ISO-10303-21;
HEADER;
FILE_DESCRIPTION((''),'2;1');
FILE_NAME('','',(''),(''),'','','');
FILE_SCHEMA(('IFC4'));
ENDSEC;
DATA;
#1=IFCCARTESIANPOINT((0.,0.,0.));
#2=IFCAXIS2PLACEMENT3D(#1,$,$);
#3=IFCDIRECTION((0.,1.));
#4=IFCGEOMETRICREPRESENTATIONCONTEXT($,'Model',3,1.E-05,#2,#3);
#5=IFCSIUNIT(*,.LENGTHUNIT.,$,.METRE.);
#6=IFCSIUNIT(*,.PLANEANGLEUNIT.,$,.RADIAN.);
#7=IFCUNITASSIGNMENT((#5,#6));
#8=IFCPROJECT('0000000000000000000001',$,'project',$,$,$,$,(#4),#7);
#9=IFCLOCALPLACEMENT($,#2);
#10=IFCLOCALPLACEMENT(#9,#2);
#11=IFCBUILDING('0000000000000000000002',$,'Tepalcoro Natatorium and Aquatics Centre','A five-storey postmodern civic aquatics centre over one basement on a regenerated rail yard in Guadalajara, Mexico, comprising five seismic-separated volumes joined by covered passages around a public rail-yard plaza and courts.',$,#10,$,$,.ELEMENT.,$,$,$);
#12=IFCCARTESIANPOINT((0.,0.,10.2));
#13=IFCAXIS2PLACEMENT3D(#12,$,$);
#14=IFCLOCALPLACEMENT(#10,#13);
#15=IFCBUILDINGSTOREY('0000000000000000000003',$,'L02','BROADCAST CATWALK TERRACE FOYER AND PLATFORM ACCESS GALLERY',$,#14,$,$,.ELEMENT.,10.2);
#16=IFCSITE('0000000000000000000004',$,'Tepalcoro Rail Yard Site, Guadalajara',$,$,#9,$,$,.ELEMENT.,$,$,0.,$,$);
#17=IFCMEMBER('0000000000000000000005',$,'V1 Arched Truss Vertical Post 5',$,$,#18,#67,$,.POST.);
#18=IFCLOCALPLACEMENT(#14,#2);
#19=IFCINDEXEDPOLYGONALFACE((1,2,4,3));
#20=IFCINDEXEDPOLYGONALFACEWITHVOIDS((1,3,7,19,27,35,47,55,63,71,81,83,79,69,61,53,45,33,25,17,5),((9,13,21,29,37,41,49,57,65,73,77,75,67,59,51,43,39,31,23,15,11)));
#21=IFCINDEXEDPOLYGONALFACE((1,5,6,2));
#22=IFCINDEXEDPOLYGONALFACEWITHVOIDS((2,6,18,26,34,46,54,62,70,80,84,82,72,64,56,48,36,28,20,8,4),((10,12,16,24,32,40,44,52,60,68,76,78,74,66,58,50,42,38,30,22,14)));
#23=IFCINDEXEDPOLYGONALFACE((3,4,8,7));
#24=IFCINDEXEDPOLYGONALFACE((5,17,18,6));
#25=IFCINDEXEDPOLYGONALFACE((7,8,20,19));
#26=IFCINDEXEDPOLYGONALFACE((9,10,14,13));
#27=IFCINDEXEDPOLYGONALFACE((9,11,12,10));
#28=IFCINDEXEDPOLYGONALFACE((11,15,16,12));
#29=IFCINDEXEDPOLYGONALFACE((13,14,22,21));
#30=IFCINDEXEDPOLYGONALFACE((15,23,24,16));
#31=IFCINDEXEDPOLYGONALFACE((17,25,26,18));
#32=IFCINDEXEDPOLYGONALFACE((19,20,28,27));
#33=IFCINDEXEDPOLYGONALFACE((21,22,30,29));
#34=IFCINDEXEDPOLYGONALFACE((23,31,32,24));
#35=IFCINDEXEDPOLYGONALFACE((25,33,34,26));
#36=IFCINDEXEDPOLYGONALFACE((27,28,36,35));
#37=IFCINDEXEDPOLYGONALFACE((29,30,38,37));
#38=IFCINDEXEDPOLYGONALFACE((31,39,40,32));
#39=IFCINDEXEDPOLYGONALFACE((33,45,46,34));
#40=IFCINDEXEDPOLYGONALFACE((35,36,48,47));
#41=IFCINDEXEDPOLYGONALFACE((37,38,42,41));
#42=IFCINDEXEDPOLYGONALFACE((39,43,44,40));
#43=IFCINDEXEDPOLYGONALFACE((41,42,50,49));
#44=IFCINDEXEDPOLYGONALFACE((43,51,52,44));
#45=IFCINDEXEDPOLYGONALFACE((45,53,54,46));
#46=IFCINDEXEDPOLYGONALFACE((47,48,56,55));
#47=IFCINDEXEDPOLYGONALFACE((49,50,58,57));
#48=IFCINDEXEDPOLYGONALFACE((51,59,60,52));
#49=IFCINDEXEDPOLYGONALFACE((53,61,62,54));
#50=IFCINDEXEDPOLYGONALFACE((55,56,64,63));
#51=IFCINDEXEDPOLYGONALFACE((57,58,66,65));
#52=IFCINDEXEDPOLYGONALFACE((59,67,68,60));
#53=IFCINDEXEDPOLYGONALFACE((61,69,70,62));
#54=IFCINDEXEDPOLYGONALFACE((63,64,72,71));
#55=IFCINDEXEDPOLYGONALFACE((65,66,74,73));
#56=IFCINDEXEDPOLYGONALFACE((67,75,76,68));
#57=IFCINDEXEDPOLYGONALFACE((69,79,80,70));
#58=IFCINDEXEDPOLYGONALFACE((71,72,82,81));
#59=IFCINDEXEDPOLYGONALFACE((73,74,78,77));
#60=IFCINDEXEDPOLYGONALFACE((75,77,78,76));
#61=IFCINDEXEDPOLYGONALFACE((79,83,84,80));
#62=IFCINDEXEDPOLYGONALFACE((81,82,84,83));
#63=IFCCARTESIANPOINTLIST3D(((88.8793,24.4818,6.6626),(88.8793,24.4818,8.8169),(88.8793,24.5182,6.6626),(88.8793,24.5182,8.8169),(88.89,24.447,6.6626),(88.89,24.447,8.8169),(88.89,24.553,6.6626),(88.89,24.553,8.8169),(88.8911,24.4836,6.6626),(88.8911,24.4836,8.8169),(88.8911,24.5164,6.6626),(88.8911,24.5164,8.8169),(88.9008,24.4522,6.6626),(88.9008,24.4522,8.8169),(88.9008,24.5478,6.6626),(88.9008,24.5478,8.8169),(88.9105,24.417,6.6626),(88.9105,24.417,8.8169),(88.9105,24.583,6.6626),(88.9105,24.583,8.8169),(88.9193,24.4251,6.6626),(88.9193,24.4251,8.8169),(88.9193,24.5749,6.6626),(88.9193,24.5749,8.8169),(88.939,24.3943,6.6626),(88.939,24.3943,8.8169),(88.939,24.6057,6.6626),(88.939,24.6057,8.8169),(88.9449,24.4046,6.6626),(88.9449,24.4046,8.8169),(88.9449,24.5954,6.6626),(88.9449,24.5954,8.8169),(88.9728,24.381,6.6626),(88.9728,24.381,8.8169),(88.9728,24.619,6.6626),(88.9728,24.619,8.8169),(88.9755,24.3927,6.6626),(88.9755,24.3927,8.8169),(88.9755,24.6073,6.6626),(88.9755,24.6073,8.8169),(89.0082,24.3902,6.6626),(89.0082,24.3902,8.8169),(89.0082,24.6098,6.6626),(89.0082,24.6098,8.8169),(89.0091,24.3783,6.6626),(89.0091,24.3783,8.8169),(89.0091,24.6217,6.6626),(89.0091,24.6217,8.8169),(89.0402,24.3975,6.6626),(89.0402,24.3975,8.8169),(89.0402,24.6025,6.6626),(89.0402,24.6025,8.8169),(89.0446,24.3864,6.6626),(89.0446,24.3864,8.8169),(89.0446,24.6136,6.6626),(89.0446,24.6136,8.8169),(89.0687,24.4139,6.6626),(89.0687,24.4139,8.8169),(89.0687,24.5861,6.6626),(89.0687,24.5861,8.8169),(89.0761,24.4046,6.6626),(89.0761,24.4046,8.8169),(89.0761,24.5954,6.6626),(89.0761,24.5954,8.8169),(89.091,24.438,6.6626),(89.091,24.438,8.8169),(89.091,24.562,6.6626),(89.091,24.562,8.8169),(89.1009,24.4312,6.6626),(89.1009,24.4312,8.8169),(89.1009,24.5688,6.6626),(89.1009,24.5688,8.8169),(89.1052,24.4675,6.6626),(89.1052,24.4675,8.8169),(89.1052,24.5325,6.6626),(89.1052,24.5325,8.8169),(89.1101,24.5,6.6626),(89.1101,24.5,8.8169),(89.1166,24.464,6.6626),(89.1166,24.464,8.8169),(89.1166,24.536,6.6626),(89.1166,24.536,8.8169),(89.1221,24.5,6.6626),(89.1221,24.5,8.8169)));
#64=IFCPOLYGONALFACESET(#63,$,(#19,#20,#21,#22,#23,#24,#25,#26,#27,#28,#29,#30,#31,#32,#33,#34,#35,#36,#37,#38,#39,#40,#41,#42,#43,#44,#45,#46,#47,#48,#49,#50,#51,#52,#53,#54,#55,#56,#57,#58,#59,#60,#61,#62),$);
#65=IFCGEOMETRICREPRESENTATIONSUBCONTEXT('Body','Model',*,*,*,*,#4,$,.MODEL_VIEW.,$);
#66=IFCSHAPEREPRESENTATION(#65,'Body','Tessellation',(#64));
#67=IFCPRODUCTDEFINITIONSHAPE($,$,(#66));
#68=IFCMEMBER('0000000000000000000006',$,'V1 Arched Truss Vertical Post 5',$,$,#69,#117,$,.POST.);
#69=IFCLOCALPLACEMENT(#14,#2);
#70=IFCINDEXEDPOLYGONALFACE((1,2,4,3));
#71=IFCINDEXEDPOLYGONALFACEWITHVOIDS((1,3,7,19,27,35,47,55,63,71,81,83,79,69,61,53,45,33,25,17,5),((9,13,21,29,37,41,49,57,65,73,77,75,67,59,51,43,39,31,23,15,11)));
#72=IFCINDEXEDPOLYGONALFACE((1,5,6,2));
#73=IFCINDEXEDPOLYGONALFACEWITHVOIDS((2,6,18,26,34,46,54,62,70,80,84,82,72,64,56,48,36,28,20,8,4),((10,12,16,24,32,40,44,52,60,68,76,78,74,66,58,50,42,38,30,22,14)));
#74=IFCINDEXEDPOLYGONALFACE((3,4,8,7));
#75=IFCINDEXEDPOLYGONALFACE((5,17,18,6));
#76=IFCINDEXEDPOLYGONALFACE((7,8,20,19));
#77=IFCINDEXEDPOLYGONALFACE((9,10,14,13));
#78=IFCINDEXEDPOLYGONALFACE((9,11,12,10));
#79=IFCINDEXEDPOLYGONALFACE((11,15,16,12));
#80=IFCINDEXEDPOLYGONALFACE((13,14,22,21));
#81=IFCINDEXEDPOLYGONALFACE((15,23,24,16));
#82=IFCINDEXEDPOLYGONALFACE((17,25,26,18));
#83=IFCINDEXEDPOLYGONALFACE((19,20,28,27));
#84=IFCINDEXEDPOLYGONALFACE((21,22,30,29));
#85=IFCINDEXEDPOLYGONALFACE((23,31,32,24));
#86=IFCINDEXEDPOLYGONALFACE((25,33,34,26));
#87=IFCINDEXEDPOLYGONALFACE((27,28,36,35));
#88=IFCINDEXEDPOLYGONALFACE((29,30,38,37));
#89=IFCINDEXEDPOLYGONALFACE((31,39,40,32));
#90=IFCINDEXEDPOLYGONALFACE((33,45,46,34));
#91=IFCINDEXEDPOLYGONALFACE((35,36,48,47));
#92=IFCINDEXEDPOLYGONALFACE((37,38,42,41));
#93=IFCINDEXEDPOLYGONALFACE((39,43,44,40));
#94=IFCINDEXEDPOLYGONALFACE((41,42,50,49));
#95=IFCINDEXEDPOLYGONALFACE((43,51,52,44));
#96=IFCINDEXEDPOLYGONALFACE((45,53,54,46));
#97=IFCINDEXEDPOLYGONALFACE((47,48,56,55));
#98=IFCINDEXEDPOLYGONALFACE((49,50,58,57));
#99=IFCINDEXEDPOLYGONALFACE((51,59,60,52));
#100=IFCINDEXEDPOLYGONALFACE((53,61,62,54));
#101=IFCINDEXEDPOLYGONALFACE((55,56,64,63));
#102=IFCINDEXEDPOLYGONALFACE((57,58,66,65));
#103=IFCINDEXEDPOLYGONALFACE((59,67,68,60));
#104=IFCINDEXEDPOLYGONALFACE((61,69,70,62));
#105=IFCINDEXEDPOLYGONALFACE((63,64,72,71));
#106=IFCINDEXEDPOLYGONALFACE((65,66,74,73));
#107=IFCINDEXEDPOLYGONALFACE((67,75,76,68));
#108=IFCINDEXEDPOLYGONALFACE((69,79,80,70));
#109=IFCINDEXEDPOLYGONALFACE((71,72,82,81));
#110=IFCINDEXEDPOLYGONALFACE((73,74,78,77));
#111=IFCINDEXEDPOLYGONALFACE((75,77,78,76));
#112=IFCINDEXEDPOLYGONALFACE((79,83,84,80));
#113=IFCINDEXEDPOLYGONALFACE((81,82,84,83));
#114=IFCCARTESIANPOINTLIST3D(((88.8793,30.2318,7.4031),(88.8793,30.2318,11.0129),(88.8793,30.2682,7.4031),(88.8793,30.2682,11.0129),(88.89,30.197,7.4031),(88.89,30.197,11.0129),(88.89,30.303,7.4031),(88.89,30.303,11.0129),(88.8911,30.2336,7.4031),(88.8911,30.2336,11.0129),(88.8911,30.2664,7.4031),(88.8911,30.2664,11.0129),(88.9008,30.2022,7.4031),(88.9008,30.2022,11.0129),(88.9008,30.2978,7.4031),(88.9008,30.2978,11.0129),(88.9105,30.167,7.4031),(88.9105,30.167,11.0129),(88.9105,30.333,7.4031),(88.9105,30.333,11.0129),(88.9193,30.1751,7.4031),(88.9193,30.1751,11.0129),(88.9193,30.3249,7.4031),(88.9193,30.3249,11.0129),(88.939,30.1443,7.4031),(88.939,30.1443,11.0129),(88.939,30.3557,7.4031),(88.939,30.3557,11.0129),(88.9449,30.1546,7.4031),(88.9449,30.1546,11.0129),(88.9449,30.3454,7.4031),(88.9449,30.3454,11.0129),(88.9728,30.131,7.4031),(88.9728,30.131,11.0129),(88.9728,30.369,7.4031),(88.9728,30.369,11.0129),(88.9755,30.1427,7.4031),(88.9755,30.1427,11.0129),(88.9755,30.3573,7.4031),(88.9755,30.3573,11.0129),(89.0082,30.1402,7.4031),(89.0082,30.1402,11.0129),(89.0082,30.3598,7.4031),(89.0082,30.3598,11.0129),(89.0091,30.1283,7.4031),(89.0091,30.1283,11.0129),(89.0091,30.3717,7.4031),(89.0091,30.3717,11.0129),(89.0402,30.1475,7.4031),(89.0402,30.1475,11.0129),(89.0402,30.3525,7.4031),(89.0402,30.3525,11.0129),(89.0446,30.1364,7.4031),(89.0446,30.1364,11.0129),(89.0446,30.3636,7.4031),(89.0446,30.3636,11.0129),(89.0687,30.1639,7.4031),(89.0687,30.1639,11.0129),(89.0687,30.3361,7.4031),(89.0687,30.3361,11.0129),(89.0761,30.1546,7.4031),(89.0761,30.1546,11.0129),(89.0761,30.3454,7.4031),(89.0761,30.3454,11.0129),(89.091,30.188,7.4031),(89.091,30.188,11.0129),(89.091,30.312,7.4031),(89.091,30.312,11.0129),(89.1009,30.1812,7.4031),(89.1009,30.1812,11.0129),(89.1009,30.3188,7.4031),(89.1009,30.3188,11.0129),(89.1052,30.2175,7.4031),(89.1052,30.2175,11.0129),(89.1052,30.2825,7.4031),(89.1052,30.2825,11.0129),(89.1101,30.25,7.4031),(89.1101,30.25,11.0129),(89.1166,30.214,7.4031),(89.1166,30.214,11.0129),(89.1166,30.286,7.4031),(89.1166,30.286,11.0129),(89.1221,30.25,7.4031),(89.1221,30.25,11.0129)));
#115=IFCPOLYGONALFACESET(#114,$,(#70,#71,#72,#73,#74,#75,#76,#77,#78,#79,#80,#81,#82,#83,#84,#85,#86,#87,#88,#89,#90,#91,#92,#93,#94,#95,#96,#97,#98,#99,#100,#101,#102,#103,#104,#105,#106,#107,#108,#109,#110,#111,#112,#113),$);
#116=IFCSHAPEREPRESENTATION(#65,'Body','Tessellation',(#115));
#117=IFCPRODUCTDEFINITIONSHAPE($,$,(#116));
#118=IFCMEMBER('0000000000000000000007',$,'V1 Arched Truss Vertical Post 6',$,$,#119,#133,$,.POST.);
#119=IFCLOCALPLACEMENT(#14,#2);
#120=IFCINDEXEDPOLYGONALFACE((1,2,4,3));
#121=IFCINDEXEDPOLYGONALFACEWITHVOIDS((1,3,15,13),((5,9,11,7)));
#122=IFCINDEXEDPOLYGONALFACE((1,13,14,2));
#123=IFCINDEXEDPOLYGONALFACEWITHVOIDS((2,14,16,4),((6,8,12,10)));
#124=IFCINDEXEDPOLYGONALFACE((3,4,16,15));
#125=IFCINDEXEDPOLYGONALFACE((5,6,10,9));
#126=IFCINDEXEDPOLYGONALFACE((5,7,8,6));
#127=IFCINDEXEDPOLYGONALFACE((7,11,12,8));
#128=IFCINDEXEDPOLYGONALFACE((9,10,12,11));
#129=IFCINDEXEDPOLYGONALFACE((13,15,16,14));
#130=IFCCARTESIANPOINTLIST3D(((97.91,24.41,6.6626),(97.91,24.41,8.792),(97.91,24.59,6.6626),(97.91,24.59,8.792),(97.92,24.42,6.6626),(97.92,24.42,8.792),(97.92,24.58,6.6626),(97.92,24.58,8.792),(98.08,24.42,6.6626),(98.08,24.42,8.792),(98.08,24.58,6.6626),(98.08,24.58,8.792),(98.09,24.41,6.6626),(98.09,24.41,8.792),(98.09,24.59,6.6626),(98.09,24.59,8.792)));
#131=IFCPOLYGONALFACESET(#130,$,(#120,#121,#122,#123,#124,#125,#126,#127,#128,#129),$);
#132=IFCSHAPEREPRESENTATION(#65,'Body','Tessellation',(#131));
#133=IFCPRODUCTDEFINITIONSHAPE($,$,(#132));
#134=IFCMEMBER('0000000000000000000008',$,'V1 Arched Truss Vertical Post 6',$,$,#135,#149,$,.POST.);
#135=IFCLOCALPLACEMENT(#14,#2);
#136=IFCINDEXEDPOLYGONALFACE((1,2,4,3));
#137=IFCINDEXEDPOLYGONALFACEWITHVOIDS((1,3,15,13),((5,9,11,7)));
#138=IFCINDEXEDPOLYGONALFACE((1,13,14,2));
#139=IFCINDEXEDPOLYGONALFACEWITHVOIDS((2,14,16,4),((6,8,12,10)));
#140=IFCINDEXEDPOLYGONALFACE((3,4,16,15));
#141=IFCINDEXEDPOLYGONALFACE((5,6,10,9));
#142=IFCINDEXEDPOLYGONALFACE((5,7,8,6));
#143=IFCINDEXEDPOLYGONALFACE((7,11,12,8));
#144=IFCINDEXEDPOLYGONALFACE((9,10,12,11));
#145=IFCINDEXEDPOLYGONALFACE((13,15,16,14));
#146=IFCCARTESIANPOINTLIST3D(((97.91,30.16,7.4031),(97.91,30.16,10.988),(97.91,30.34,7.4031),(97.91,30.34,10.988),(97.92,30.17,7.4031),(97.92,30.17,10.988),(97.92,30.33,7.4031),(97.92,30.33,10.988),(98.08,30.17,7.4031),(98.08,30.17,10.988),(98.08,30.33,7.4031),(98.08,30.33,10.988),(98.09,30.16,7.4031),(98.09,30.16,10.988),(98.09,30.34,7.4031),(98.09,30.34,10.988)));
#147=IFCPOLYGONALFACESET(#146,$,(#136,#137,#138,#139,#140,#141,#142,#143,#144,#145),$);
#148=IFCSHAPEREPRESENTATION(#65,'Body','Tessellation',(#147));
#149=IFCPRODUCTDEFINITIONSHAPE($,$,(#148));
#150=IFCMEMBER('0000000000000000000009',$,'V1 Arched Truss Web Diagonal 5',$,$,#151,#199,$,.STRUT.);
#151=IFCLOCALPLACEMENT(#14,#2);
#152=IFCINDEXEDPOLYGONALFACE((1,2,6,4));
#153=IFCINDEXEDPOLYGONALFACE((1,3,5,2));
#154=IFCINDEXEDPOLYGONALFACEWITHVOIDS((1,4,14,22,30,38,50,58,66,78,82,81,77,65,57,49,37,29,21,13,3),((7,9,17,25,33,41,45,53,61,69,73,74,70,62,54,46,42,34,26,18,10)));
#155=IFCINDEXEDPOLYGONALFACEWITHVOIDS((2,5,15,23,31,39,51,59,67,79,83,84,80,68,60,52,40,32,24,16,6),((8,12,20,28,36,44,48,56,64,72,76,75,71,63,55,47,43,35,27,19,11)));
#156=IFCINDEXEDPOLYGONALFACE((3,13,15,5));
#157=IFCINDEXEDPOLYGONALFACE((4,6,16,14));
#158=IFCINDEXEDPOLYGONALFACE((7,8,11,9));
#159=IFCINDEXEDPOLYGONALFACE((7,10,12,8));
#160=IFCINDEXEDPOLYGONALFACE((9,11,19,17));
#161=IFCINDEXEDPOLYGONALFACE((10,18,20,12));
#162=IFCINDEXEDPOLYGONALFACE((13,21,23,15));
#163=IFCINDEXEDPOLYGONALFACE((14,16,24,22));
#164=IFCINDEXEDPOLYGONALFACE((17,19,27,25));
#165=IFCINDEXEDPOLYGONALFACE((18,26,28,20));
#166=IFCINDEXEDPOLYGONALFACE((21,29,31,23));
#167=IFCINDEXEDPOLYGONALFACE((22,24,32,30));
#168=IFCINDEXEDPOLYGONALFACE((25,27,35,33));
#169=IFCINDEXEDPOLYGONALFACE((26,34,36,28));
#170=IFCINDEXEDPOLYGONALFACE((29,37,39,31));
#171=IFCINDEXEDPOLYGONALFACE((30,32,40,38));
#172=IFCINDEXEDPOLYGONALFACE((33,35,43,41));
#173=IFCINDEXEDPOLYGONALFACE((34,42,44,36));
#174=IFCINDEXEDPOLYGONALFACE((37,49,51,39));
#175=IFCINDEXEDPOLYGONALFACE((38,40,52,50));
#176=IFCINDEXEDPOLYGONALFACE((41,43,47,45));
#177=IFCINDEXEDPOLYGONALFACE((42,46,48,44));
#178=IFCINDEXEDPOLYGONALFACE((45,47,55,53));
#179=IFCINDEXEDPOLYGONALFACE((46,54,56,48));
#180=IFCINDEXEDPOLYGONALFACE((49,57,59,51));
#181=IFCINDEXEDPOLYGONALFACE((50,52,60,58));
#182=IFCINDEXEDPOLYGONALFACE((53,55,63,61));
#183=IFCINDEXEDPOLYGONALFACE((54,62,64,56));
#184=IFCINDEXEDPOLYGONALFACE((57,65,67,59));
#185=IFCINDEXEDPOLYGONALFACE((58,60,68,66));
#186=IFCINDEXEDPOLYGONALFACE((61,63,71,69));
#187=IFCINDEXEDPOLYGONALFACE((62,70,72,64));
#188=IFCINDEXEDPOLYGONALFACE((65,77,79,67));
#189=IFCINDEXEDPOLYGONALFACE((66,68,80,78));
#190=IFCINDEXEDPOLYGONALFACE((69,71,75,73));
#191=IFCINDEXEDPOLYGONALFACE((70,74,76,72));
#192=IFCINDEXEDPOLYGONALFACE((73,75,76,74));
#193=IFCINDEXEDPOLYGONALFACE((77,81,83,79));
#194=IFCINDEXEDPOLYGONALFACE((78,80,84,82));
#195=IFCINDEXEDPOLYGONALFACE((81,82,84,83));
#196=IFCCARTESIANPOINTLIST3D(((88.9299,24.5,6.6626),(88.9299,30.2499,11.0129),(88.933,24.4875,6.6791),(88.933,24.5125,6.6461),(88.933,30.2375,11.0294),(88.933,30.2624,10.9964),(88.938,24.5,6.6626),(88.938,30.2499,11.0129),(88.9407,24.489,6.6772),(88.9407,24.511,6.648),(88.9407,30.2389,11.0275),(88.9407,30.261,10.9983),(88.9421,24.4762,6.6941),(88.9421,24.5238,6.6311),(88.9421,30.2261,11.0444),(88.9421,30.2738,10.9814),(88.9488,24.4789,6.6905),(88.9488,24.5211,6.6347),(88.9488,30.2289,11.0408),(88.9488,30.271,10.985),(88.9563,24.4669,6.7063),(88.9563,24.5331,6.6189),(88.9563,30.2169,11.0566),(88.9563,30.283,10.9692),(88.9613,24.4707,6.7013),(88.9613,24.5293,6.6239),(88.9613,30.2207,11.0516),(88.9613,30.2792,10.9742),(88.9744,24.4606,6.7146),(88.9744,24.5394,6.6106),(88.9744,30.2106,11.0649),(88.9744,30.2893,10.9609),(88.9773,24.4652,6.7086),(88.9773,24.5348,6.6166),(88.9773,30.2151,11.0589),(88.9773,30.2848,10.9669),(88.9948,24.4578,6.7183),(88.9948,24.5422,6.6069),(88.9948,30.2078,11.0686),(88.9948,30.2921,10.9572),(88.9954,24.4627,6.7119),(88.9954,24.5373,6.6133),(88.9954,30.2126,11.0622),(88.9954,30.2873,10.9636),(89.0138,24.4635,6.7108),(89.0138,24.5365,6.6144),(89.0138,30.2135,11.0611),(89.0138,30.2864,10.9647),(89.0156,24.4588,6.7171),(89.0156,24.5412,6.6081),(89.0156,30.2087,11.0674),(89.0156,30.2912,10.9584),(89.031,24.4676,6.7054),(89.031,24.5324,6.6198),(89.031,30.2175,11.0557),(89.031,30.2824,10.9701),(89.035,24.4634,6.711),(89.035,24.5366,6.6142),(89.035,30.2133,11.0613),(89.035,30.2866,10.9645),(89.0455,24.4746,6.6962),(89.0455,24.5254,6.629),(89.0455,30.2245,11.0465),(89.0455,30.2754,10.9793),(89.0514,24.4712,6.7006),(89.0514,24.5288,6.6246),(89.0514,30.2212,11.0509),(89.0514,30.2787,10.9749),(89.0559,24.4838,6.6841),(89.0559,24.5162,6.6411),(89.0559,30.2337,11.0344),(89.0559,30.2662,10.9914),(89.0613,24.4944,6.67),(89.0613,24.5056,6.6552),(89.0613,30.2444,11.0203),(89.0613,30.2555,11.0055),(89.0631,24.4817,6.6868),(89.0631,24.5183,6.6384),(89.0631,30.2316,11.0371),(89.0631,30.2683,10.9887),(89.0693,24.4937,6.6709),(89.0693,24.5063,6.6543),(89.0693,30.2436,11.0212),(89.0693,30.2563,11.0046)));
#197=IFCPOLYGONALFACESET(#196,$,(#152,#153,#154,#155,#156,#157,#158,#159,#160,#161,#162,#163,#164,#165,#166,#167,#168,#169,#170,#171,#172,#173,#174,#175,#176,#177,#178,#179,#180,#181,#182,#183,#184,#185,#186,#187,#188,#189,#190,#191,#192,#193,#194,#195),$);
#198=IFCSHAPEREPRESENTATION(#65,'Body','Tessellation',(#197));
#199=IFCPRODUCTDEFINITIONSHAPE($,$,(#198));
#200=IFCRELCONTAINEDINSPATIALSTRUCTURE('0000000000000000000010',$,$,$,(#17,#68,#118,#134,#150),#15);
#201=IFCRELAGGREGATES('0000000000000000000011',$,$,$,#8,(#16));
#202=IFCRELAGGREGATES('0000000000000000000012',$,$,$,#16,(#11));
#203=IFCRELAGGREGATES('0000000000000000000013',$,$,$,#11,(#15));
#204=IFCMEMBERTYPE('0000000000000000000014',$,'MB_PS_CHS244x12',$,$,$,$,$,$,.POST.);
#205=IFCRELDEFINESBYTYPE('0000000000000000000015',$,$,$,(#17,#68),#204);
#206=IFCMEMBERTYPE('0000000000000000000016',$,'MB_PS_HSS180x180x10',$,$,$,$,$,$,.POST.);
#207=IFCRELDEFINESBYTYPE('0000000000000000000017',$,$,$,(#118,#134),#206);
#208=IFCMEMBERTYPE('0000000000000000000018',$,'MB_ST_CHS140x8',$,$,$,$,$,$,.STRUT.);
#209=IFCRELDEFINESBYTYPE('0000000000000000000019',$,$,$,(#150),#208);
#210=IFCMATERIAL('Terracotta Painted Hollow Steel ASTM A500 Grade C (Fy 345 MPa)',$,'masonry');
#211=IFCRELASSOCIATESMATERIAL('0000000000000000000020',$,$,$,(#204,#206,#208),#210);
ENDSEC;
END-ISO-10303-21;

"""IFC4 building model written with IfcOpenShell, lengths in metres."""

from ifc_helpers import new_model, si_unit, direction, frame, origin, origin_2d, place, context, subcontext, project, spatial, hollow_rectangle, hollow_circle, extrude, material, material_profile, profile_set, type_object, element, save


model = new_model("IFC4")

# Units and contexts
model_context = context("Model", 3, precision=1e-05, world=origin(), true_north=direction((0.0, 1.0)))
body_context = subcontext(model_context, "Body", "Model", "MODEL_VIEW")
ifc_project = project(units=[si_unit("LENGTHUNIT", "METRE"), si_unit("PLANEANGLEUNIT", "RADIAN")], contexts=[model_context])

# Site, building, storey
site_placement = place(None, origin())
site = spatial("IfcSite", under=ifc_project, at=site_placement, Name="Tepalcoro Rail Yard Site, Guadalajara", CompositionType="ELEMENT", RefElevation=0.0)
building_placement = place(site_placement, origin())
building = spatial("IfcBuilding", under=site, at=building_placement, Name="Tepalcoro Natatorium and Aquatics Centre", Description="A five-storey postmodern civic aquatics centre over one basement on a regenerated rail yard in Guadalajara, Mexico, comprising five seismic-separated volumes joined by covered passages around a public rail-yard plaza and courts.", CompositionType="ELEMENT")
storey_placement = place(building_placement, frame((0.0, 0.0, 10.2)))
storey = spatial("IfcBuildingStorey", under=building, at=storey_placement, Name="L02", Description="BROADCAST CATWALK TERRACE FOYER AND PLATFORM ACCESS GALLERY", CompositionType="ELEMENT", Elevation=10.2)

# Shared definitions
ifc_material_1 = material(Name="Terracotta Painted Hollow Steel ASTM A500 Grade C (Fy 345 MPa)", Category="masonry")

# Members
ifc_material_profile_1 = material_profile(ifc_material_1, hollow_circle(Radius=0.1221, WallThickness=0.012, at=origin_2d()), Name="CHS244X12")
ifc_profile_set_1 = profile_set([ifc_material_profile_1], Name="Terracotta Painted Hollow Steel ASTM A500 Grade C (Fy 345 MPa)")
member_type_1 = type_object("IfcMemberType", Name="MB_PS_CHS244x12", PredefinedType="POST", material=ifc_profile_set_1)
member_1_placement = place(storey_placement, frame((89.0, 24.5, 6.6626), z_axis=(0.0, 0.0, 1.0), x_axis=(1.0, 0.0, 0.0)))
element("IfcMember", 1, at=member_1_placement, inside=storey, type_object=member_type_1, Name="V1 Arched Truss Vertical Post 5", PredefinedType="POST", context=body_context, shape_type="SweptSolid", body=[
    extrude(hollow_circle(Radius=0.1221, WallThickness=0.012, at=origin_2d()), origin(), (0.0, 0.0, 1.0), 2.1543),
])
member_2_placement = place(storey_placement, frame((89.0, 30.25, 7.4031), z_axis=(0.0, 0.0, 1.0), x_axis=(1.0, 0.0, 0.0)))
element("IfcMember", 2, at=member_2_placement, inside=storey, type_object=member_type_1, Name="V1 Arched Truss Vertical Post 5", PredefinedType="POST", context=body_context, shape_type="SweptSolid", body=[
    extrude(hollow_circle(Radius=0.1221, WallThickness=0.012, at=origin_2d()), origin(), (0.0, 0.0, 1.0), 3.6099),
])
ifc_material_profile_2 = material_profile(ifc_material_1, hollow_rectangle(XDim=0.1799, YDim=0.1799, WallThickness=0.01, at=origin_2d()), Name="HSS180X180X10")
ifc_profile_set_2 = profile_set([ifc_material_profile_2], Name="Terracotta Painted Hollow Steel ASTM A500 Grade C (Fy 345 MPa)")
member_type_2 = type_object("IfcMemberType", Name="MB_PS_HSS180x180x10", PredefinedType="POST", material=ifc_profile_set_2)
member_3_placement = place(storey_placement, frame((98.0, 24.5, 6.6626), z_axis=(0.0, 0.0, 1.0), x_axis=(1.0, 0.0, 0.0)))
element("IfcMember", 3, at=member_3_placement, inside=storey, type_object=member_type_2, Name="V1 Arched Truss Vertical Post 6", PredefinedType="POST", context=body_context, shape_type="SweptSolid", body=[
    extrude(hollow_rectangle(XDim=0.1799, YDim=0.1799, WallThickness=0.01, at=origin_2d()), origin(), (0.0, 0.0, 1.0), 2.1294),
])
member_4_placement = place(storey_placement, frame((98.0, 30.25, 7.4031), z_axis=(0.0, 0.0, 1.0), x_axis=(1.0, 0.0, 0.0)))
element("IfcMember", 4, at=member_4_placement, inside=storey, type_object=member_type_2, Name="V1 Arched Truss Vertical Post 6", PredefinedType="POST", context=body_context, shape_type="SweptSolid", body=[
    extrude(hollow_rectangle(XDim=0.1799, YDim=0.1799, WallThickness=0.01, at=origin_2d()), origin(), (0.0, 0.0, 1.0), 3.585),
])
ifc_material_profile_3 = material_profile(ifc_material_1, hollow_circle(Radius=0.0701, WallThickness=0.0081, at=origin_2d()), Name="CHS140X8")
ifc_profile_set_3 = profile_set([ifc_material_profile_3], Name="Terracotta Painted Hollow Steel ASTM A500 Grade C (Fy 345 MPa)")
member_type_3 = type_object("IfcMemberType", Name="MB_ST_CHS140x8", PredefinedType="STRUT", material=ifc_profile_set_3)
member_5_placement = place(storey_placement, frame((89.0, 24.5, 6.6626), z_axis=(0.0, 0.797474, 0.603354), x_axis=(-1.0, 0.0, 0.0)))
element("IfcMember", 5, at=member_5_placement, inside=storey, type_object=member_type_3, Name="V1 Arched Truss Web Diagonal 5", PredefinedType="STRUT", context=body_context, shape_type="SweptSolid", body=[
    extrude(hollow_circle(Radius=0.0701, WallThickness=0.0081, at=origin_2d()), origin(), (0.0, 0.0, 1.0), 7.2102),
])

save(model, "model.ifc")
